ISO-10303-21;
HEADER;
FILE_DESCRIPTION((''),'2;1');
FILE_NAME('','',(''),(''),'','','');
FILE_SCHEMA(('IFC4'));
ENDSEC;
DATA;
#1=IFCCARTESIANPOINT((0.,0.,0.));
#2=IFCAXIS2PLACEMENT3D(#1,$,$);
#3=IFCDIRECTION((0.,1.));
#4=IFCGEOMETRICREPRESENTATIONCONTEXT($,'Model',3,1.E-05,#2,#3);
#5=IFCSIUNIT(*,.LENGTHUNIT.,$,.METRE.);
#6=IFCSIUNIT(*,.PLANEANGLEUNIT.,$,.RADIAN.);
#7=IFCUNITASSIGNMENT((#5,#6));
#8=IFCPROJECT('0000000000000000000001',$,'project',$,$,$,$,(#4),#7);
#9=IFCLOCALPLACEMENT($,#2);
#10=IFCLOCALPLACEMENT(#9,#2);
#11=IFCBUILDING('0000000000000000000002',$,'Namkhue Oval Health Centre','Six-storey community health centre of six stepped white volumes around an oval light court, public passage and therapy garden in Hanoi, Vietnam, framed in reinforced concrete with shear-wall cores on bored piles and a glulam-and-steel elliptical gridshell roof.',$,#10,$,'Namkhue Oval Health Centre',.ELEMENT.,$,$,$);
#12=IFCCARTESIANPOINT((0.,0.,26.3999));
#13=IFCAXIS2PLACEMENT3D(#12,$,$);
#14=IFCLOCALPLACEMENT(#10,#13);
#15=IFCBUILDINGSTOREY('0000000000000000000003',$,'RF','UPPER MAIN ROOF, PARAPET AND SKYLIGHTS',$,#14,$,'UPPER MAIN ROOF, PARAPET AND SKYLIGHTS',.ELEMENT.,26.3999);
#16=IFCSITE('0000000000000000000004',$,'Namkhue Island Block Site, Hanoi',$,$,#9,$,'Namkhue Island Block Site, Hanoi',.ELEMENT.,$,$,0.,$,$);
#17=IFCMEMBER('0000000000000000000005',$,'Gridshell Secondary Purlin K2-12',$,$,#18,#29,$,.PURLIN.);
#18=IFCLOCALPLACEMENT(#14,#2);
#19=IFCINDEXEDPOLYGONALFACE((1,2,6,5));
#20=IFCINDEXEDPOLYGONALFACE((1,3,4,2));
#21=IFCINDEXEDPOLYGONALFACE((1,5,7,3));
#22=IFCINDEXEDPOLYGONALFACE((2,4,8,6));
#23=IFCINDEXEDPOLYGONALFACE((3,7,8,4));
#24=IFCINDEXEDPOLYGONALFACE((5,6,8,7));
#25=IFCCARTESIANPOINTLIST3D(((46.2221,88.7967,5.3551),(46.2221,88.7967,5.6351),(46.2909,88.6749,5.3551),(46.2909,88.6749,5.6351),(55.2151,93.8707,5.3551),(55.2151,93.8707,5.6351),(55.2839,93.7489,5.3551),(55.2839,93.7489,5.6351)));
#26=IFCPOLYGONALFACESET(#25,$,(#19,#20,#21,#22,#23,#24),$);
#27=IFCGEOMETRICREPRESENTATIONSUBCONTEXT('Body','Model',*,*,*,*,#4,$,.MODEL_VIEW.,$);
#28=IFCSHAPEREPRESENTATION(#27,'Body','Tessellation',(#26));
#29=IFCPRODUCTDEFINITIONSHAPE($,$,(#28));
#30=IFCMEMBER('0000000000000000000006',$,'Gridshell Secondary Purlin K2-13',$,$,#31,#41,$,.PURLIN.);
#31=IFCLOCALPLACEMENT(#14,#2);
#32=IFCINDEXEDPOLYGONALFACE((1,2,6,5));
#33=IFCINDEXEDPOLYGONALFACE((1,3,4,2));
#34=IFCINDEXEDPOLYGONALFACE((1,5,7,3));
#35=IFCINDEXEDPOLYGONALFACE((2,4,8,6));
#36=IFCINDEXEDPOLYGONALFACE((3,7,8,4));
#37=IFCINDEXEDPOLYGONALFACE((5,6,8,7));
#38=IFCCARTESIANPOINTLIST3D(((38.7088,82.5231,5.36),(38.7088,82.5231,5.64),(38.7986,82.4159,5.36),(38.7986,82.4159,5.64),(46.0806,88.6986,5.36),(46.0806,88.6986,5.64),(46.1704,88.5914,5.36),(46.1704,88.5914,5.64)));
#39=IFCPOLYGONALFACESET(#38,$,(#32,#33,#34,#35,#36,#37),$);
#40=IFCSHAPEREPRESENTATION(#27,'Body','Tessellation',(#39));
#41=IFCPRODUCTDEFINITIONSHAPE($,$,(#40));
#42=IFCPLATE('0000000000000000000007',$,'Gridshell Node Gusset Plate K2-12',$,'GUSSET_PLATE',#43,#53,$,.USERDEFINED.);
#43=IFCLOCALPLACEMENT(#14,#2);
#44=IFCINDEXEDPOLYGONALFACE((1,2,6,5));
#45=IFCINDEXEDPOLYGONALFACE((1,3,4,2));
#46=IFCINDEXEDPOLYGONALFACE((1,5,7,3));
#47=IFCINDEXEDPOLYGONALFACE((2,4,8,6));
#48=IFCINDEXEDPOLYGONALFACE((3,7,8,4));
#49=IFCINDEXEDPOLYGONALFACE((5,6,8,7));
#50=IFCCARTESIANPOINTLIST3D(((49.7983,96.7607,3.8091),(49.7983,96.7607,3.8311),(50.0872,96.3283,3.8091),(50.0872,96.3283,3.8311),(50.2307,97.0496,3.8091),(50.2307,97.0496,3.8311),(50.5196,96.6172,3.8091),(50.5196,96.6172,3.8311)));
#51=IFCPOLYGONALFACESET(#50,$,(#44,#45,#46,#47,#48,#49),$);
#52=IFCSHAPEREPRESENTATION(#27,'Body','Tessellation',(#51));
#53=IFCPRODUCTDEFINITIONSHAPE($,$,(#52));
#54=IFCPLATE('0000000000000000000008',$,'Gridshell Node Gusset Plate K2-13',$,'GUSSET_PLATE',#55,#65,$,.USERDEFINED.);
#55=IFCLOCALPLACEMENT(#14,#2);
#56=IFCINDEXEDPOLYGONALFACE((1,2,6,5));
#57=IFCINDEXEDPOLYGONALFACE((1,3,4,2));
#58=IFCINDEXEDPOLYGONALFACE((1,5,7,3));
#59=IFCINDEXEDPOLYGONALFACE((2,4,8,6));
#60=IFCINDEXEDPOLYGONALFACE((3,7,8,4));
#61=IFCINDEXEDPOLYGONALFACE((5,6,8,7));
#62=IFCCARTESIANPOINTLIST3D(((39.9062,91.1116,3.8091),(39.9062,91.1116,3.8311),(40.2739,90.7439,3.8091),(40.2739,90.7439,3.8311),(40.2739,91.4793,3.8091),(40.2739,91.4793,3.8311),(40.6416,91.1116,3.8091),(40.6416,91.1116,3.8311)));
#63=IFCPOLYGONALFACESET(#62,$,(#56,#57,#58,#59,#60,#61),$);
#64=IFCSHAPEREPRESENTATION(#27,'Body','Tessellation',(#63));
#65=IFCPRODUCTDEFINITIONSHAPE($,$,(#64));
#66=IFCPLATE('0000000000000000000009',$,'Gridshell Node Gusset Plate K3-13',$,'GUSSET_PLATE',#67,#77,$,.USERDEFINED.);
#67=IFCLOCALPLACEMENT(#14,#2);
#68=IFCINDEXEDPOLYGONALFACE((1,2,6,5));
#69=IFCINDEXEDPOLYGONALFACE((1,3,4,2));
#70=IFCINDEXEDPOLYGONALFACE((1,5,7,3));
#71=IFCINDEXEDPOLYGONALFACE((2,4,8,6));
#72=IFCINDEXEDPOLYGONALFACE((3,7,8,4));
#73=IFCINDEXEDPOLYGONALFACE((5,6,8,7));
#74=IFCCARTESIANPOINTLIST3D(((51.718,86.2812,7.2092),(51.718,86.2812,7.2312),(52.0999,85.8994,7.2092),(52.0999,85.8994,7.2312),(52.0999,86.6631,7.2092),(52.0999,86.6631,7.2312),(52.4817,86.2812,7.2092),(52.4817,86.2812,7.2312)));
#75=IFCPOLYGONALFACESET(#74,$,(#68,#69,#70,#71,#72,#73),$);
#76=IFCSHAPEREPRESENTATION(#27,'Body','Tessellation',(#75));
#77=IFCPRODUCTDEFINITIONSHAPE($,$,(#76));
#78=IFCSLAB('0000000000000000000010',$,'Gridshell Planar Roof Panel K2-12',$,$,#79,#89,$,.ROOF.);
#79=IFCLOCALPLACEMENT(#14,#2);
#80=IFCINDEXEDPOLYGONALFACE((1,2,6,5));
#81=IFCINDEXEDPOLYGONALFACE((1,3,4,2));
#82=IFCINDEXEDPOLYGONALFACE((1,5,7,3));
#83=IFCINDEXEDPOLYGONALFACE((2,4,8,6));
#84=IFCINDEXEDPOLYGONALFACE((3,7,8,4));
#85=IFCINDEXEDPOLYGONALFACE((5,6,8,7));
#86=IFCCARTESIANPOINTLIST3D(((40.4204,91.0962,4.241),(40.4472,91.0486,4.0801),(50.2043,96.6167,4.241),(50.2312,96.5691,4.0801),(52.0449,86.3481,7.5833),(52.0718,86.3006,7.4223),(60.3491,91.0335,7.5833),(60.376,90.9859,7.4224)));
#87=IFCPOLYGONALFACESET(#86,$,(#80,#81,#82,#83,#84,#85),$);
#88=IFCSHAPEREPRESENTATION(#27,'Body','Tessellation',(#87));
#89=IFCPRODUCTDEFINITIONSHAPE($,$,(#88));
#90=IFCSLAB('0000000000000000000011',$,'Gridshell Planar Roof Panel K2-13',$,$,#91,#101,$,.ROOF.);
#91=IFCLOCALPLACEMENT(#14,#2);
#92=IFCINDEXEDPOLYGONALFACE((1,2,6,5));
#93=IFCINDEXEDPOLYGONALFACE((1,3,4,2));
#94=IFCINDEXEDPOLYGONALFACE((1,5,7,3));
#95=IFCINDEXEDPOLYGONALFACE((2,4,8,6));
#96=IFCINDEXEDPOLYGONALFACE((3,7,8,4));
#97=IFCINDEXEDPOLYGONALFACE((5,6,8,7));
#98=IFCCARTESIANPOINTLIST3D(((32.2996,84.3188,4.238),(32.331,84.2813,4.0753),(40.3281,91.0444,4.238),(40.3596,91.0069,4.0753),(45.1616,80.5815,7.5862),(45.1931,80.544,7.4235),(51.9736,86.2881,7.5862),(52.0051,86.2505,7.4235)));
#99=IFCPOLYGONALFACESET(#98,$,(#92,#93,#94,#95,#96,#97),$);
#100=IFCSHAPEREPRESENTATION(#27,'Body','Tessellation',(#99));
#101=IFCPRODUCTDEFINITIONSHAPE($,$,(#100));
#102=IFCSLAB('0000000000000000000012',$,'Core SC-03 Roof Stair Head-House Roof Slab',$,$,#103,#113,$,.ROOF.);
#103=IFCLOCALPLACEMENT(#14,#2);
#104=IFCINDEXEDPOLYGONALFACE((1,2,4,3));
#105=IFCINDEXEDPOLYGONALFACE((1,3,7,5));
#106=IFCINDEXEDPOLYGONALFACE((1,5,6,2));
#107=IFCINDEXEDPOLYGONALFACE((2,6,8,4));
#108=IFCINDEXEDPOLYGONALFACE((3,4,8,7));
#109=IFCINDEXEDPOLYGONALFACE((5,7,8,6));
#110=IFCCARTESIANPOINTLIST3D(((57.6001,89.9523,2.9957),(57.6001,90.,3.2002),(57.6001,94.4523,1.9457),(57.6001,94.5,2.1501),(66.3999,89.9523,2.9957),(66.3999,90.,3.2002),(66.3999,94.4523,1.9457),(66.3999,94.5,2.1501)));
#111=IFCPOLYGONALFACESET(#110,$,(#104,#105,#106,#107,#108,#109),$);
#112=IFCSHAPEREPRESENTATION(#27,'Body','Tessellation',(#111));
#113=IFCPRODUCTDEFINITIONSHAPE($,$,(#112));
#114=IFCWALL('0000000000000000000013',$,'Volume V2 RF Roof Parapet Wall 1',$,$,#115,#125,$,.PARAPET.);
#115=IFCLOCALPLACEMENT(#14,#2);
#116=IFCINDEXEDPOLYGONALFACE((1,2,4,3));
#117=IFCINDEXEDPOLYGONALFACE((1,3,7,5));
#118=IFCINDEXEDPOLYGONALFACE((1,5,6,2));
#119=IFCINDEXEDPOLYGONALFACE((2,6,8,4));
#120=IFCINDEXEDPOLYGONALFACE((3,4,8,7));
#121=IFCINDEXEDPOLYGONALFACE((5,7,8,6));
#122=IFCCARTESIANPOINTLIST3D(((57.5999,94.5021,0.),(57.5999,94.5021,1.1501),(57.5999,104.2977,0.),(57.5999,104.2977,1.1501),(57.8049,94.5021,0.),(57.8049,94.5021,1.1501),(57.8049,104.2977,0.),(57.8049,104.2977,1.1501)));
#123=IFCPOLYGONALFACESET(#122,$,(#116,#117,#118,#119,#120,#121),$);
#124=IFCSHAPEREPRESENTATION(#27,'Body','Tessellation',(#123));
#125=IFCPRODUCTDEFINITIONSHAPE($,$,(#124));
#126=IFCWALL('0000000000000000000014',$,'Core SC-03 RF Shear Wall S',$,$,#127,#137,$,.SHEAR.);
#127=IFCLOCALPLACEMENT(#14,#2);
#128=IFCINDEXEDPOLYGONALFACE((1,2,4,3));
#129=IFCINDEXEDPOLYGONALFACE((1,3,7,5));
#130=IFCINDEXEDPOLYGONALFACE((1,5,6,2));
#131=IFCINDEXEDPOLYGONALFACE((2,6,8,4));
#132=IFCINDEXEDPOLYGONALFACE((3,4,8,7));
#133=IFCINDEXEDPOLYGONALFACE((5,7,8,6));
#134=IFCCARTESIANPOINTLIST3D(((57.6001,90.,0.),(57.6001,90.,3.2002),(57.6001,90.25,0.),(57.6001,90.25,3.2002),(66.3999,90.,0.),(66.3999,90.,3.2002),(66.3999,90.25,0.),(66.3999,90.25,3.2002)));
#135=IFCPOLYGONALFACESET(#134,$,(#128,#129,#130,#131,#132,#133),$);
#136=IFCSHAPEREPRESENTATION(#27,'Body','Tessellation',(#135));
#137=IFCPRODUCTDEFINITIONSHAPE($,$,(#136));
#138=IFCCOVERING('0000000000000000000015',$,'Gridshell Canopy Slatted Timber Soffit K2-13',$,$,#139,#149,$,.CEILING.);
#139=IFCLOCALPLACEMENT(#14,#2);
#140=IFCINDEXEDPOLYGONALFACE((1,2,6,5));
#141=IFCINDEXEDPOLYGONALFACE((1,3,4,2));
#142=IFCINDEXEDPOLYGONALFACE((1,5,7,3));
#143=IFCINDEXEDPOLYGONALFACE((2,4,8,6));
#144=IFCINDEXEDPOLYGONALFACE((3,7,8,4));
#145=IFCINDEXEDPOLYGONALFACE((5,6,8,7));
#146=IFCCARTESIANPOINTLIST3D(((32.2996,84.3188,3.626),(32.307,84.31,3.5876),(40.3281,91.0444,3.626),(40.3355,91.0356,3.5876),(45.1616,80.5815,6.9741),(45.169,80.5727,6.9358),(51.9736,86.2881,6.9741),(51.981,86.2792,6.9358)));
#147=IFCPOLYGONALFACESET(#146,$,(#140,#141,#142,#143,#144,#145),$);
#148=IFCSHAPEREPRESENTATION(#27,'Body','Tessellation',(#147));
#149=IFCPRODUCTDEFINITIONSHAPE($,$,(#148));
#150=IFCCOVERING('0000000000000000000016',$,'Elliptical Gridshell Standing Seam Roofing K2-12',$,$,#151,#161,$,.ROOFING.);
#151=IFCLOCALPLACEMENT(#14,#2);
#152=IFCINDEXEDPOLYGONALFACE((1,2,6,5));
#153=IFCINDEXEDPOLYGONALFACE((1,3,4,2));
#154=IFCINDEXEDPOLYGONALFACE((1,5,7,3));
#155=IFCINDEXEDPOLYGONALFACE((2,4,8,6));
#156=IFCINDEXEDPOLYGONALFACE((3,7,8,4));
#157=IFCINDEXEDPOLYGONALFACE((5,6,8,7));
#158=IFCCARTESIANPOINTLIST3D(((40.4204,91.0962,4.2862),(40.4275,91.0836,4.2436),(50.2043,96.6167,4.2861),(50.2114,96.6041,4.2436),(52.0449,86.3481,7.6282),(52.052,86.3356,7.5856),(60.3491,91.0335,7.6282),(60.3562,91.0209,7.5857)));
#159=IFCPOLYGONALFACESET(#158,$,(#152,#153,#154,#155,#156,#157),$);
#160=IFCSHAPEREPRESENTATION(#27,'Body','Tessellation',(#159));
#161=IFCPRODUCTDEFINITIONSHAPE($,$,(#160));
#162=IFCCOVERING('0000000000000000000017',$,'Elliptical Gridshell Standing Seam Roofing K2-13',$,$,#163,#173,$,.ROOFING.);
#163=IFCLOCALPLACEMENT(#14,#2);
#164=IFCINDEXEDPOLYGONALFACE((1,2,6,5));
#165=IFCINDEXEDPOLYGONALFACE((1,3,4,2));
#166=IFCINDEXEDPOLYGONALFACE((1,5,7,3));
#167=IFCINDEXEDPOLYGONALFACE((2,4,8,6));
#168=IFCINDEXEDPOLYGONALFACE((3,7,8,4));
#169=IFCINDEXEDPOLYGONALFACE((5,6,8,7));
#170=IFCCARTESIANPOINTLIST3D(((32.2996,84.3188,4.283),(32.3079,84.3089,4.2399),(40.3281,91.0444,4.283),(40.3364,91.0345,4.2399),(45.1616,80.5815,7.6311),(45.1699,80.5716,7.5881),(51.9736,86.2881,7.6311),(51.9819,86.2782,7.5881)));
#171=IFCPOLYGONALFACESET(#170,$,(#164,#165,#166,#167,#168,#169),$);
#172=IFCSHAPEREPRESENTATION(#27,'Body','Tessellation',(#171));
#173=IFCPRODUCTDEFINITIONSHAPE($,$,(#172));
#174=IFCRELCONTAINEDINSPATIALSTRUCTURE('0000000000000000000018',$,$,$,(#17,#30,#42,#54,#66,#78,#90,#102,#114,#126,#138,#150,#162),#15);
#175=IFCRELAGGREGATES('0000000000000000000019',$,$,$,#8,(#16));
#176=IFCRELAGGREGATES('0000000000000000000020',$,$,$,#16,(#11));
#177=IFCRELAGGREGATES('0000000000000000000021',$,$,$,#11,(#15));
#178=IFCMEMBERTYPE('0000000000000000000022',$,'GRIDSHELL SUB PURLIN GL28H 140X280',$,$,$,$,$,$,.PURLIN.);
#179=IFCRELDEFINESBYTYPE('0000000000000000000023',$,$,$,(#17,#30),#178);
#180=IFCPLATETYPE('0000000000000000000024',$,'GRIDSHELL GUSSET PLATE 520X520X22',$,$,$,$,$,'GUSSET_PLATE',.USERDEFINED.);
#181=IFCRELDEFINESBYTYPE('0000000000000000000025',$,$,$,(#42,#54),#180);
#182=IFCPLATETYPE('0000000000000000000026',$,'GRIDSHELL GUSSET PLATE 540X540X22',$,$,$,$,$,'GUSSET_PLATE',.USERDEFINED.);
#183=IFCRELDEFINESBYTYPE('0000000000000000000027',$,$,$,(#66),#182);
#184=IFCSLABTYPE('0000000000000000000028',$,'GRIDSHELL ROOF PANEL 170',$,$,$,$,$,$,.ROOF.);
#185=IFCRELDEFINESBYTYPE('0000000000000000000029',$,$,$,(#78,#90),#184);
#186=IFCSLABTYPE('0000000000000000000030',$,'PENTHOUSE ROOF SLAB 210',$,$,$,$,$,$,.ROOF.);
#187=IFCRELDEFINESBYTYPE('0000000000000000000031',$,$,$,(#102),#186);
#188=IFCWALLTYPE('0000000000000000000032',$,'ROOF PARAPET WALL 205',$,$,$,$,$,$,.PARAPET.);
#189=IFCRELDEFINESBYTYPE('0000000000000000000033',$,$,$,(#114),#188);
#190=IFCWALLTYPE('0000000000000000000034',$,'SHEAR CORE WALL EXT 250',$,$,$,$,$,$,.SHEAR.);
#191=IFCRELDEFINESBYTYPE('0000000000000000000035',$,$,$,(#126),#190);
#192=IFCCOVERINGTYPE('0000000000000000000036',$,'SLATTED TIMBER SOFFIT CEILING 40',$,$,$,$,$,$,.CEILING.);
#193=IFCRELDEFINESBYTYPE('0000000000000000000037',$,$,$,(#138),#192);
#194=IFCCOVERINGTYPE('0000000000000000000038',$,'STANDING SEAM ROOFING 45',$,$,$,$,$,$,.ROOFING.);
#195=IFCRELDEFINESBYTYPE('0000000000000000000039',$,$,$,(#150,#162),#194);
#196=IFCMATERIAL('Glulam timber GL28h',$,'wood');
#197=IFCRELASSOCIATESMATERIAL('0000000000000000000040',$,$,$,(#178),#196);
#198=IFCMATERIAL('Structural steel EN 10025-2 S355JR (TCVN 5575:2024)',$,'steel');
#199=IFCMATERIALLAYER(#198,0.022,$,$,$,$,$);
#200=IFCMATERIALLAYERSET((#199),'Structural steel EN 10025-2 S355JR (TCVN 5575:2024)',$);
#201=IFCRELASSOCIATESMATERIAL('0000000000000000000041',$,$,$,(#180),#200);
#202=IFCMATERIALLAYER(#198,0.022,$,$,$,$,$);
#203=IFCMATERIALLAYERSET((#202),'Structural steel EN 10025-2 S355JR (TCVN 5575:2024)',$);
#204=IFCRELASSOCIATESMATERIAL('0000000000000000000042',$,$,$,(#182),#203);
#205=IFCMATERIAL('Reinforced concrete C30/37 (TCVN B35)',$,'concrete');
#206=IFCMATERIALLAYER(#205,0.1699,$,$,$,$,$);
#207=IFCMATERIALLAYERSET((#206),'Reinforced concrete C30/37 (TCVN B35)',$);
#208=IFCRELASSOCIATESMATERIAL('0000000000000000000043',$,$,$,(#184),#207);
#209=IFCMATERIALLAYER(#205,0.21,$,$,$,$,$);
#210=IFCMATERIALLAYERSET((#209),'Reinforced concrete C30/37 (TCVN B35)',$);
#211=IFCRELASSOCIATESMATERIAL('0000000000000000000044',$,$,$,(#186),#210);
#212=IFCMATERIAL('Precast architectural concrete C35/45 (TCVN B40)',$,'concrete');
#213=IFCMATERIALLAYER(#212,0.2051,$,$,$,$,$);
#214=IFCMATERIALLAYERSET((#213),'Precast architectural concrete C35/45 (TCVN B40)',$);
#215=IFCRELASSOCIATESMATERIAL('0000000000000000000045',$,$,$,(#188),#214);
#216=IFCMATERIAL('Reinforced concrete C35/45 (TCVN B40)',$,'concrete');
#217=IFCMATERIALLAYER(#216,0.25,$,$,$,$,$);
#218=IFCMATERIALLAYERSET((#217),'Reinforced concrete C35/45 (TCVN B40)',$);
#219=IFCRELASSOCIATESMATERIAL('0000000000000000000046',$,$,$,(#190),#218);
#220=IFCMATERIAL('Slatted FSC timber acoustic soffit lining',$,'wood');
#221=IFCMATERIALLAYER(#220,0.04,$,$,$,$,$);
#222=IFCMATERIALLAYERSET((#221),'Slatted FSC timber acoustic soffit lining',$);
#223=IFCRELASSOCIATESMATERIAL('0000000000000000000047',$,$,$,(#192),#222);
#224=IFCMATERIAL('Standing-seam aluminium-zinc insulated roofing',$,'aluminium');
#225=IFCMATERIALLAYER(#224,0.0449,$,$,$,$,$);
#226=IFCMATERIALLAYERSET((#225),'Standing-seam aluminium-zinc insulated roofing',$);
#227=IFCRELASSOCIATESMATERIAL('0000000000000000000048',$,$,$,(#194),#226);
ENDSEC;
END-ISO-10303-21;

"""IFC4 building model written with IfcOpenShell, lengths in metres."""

from ifc_helpers import new_model, si_unit, direction, frame, frame_2d, origin, origin_2d, place, context, subcontext, project, spatial, polyline, rectangle, outline, extrude, material, layer, layer_set, material_profile, profile_set, type_object, element, save


model = new_model("IFC4")

# Units and contexts
model_context = context("Model", 3, precision=1e-05, world=origin(), true_north=direction((0.0, 1.0)))
body_context = subcontext(model_context, "Body", "Model", "MODEL_VIEW")
ifc_project = project(units=[si_unit("LENGTHUNIT", "METRE"), si_unit("PLANEANGLEUNIT", "RADIAN")], contexts=[model_context])

# Site, building, storey
site_placement = place(None, origin())
site = spatial("IfcSite", under=ifc_project, at=site_placement, Name="Namkhue Island Block Site, Hanoi", LongName="Namkhue Island Block Site, Hanoi", CompositionType="ELEMENT", RefElevation=0.0)
building_placement = place(site_placement, origin())
building = spatial("IfcBuilding", under=site, at=building_placement, Name="Namkhue Oval Health Centre", Description="Six-storey community health centre of six stepped white volumes around an oval light court, public passage and therapy garden in Hanoi, Vietnam, framed in reinforced concrete with shear-wall cores on bored piles and a glulam-and-steel elliptical gridshell roof.", LongName="Namkhue Oval Health Centre", CompositionType="ELEMENT")
storey_placement = place(building_placement, frame((0.0, 0.0, 26.3999)))
storey = spatial("IfcBuildingStorey", under=building, at=storey_placement, Name="RF", Description="UPPER MAIN ROOF, PARAPET AND SKYLIGHTS", LongName="UPPER MAIN ROOF, PARAPET AND SKYLIGHTS", CompositionType="ELEMENT", Elevation=26.3999)

# Members
ifc_material_1 = material(Name="Structural steel EN 10025-2 S355JR (TCVN 5575:2024)", Category="steel")
ifc_material_2 = material(Name="Glulam timber GL28h", Category="wood")
ifc_material_profile_1 = material_profile(ifc_material_2, rectangle(XDim=0.1399, YDim=0.28, at=origin_2d()), Name="GL28h 140x280")
ifc_profile_set_1 = profile_set([ifc_material_profile_1], Name="Glulam timber GL28h")
member_type_1 = type_object("IfcMemberType", Name="GRIDSHELL SUB PURLIN GL28H 140X280", PredefinedType="PURLIN", material=ifc_profile_set_1)
member_1_placement = place(storey_placement, frame((55.2495, 93.8098, 5.4951), z_axis=(-0.870935, -0.491398, 0.0), x_axis=(0.491398, -0.870935, 0.0)))
element("IfcMember", 1, at=member_1_placement, inside=storey, type_object=member_type_1, Name="Gridshell Secondary Purlin K2-12", PredefinedType="PURLIN", context=body_context, shape_type="SweptSolid", body=[
    extrude(rectangle(XDim=0.1399, YDim=0.28, at=origin_2d()), origin(), (0.0, 0.0, 1.0), 10.3257),
])
member_2_placement = place(storey_placement, frame((46.1255, 88.645, 5.5), z_axis=(-0.766564, -0.642167, 0.0), x_axis=(0.642167, -0.766564, 0.0)))
element("IfcMember", 2, at=member_2_placement, inside=storey, type_object=member_type_1, Name="Gridshell Secondary Purlin K2-13", PredefinedType="PURLIN", context=body_context, shape_type="SweptSolid", body=[
    extrude(rectangle(XDim=0.1399, YDim=0.28, at=origin_2d()), origin(), (0.0, 0.0, 1.0), 9.6167),
])

# Plates
ifc_layer_1 = layer(ifc_material_1, 0.022)
ifc_layer_set_1 = layer_set([ifc_layer_1], Name="Structural steel EN 10025-2 S355JR (TCVN 5575:2024)")
plate_type_1 = type_object("IfcPlateType", Name="GRIDSHELL GUSSET PLATE 520X520X22", ElementType="GUSSET_PLATE", PredefinedType="USERDEFINED", material=ifc_layer_set_1)
for number, where, z_axis, x_axis, name in (
    (3, (50.1589, 96.689, 3.8091), (0.0, 0.0, 1.0), (-0.55557, 0.83147, 0.0), "Gridshell Node Gusset Plate K2-12"),
    (4, (40.2739, 91.1116, 3.8091), (0.0, 0.0, 1.0), (-0.707107, 0.707107, 0.0), "Gridshell Node Gusset Plate K2-13"),
):
    element("IfcPlate", number, at=place(storey_placement, frame(where, z_axis=z_axis, x_axis=x_axis)), inside=storey, type_object=plate_type_1, Name=name, ObjectType="GUSSET_PLATE", PredefinedType="USERDEFINED", context=body_context, shape_type="SweptSolid", body=[
        extrude(rectangle(XDim=0.52, YDim=0.52, at=origin_2d()), origin(), (0.0, 0.0, 1.0), 0.022),
    ])
ifc_layer_2 = layer(ifc_material_1, 0.022)
ifc_layer_set_2 = layer_set([ifc_layer_2], Name="Structural steel EN 10025-2 S355JR (TCVN 5575:2024)")
plate_type_2 = type_object("IfcPlateType", Name="GRIDSHELL GUSSET PLATE 540X540X22", ElementType="GUSSET_PLATE", PredefinedType="USERDEFINED", material=ifc_layer_set_2)
plate_placement = place(storey_placement, frame((52.0999, 86.2812, 7.2092), z_axis=(0.0, 0.0, 1.0), x_axis=(-0.707107, 0.707107, 0.0)))
element("IfcPlate", 5, at=plate_placement, inside=storey, type_object=plate_type_2, Name="Gridshell Node Gusset Plate K3-13", ObjectType="GUSSET_PLATE", PredefinedType="USERDEFINED", context=body_context, shape_type="SweptSolid", body=[
    extrude(rectangle(XDim=0.54, YDim=0.54, at=origin_2d()), origin(), (0.0, 0.0, 1.0), 0.022),
])

# Slabs
ifc_material_3 = material(Name="Reinforced concrete C30/37 (TCVN B35)", Category="concrete")
ifc_layer_3 = layer(ifc_material_3, 0.1699)
ifc_layer_set_3 = layer_set([ifc_layer_3], Name="Reinforced concrete C30/37 (TCVN B35)")
slab_type_1 = type_object("IfcSlabType", Name="GRIDSHELL ROOF PANEL 170", PredefinedType="ROOF", material=ifc_layer_set_3)
slab_1_placement = place(storey_placement, frame((50.2043, 96.6167, 4.241), z_axis=(-0.157933, 0.279911, 0.946946), x_axis=(-0.870927, -0.491412, 0.000004)))
element("IfcSlab", 6, at=slab_1_placement, inside=storey, type_object=slab_type_1, Name="Gridshell Planar Roof Panel K2-12", PredefinedType="ROOF", context=body_context, shape_type="SweptSolid", body=[
    extrude(outline(polyline([(0.0, 0.0), (11.2339, 0.0), (3.4431, 10.3994), (-6.0917, 10.3996), (0.0, 0.0)])), origin(), (0.0, 0.0, -1.0), 0.1699),
])
slab_2_placement = place(storey_placement, frame((40.3281, 91.0444, 4.238), z_axis=(-0.185073, 0.220927, 0.95757), x_axis=(-0.76657, -0.642161, -0.000001)))
element("IfcSlab", 7, at=slab_2_placement, inside=storey, type_object=slab_type_1, Name="Gridshell Planar Roof Panel K2-13", PredefinedType="ROOF", context=body_context, shape_type="SweptSolid", body=[
    extrude(outline(polyline([(0.0, 0.0), (10.4734, 0.0), (3.0136, 11.6173), (-5.8728, 11.6173), (0.0, 0.0)])), origin(), (0.0, 0.0, -1.0), 0.1699),
])
ifc_layer_4 = layer(ifc_material_3, 0.21)
ifc_layer_set_4 = layer_set([ifc_layer_4], Name="Reinforced concrete C30/37 (TCVN B35)")
slab_type_2 = type_object("IfcSlabType", Name="PENTHOUSE ROOF SLAB 210", PredefinedType="ROOF", material=ifc_layer_set_4)
slab_3_placement = place(storey_placement, frame((57.6001, 90.0, 3.2002), z_axis=(0.0, 0.22724, 0.973839), x_axis=(1.0, 0.0, 0.0)))
element("IfcSlab", 8, at=slab_3_placement, inside=storey, type_object=slab_type_2, Name="Core SC-03 Roof Stair Head-House Roof Slab", PredefinedType="ROOF", context=body_context, shape_type="SweptSolid", body=[
    extrude(outline(polyline([(0.0, 0.0), (8.7998, 0.0), (8.7998, 4.6209), (0.0, 4.6209), (0.0, 0.0)])), origin(), (0.0, 0.0, -1.0), 0.21),
])

# Walls
ifc_material_4 = material(Name="Precast architectural concrete C35/45 (TCVN B40)", Category="concrete")
ifc_layer_5 = layer(ifc_material_4, 0.2051)
ifc_layer_set_5 = layer_set([ifc_layer_5], Name="Precast architectural concrete C35/45 (TCVN B40)")
wall_type_1 = type_object("IfcWallType", Name="ROOF PARAPET WALL 205", PredefinedType="PARAPET", material=ifc_layer_set_5)
wall_1_placement = place(storey_placement, frame((57.7024, 94.502, 0.0), z_axis=(0.0, 0.0, 1.0), x_axis=(0.0, 1.0, 0.0)))
element("IfcWall", 9, at=wall_1_placement, inside=storey, type_object=wall_type_1, Name="Volume V2 RF Roof Parapet Wall 1", PredefinedType="PARAPET", context=body_context, shape_type="SweptSolid", body=[
    extrude(rectangle(XDim=9.7957, YDim=0.2051, at=frame_2d((4.8979, 0.0))), origin(), (0.0, 0.0, 1.0), 1.1501),
])
ifc_material_5 = material(Name="Reinforced concrete C35/45 (TCVN B40)", Category="concrete")
ifc_layer_6 = layer(ifc_material_5, 0.25)
ifc_layer_set_6 = layer_set([ifc_layer_6], Name="Reinforced concrete C35/45 (TCVN B40)")
wall_type_2 = type_object("IfcWallType", Name="SHEAR CORE WALL EXT 250", PredefinedType="SHEAR", material=ifc_layer_set_6)
wall_2_placement = place(storey_placement, frame((57.6001, 90.125, 0.0), z_axis=(0.0, 0.0, 1.0), x_axis=(1.0, 0.0, 0.0)))
element("IfcWall", 10, at=wall_2_placement, inside=storey, type_object=wall_type_2, Name="Core SC-03 RF Shear Wall S", PredefinedType="SHEAR", context=body_context, shape_type="SweptSolid", body=[
    extrude(rectangle(XDim=8.7998, YDim=0.25, at=frame_2d((4.3999, 0.0))), origin(), (0.0, 0.0, 1.0), 3.2002),
])

# Coverings
ifc_material_6 = material(Name="Slatted FSC timber acoustic soffit lining", Category="wood")
ifc_layer_7 = layer(ifc_material_6, 0.04)
ifc_layer_set_7 = layer_set([ifc_layer_7], Name="Slatted FSC timber acoustic soffit lining")
covering_type_1 = type_object("IfcCoveringType", Name="SLATTED TIMBER SOFFIT CEILING 40", PredefinedType="CEILING", material=ifc_layer_set_7)
covering_1_placement = place(storey_placement, frame((40.3281, 91.0444, 3.626), z_axis=(-0.185073, 0.220927, 0.95757), x_axis=(-0.76657, -0.642161, -0.000001)))
element("IfcCovering", 11, at=covering_1_placement, inside=storey, type_object=covering_type_1, Name="Gridshell Canopy Slatted Timber Soffit K2-13", PredefinedType="CEILING", context=body_context, shape_type="SweptSolid", body=[
    extrude(outline(polyline([(0.0, 0.0), (10.4734, 0.0), (3.0136, 11.6173), (-5.8728, 11.6173), (0.0, 0.0)])), origin(), (0.0, 0.0, -1.0), 0.04),
])
ifc_material_7 = material(Name="Standing-seam aluminium-zinc insulated roofing", Category="aluminium")
ifc_layer_8 = layer(ifc_material_7, 0.0449)
ifc_layer_set_8 = layer_set([ifc_layer_8], Name="Standing-seam aluminium-zinc insulated roofing")
covering_type_2 = type_object("IfcCoveringType", Name="STANDING SEAM ROOFING 45", PredefinedType="ROOFING", material=ifc_layer_set_8)
covering_2_placement = place(storey_placement, frame((50.2043, 96.6167, 4.2861), z_axis=(-0.157923, 0.279892, 0.946953), x_axis=(-0.870927, -0.491412, 0.000004)))
element("IfcCovering", 12, at=covering_2_placement, inside=storey, type_object=covering_type_2, Name="Elliptical Gridshell Standing Seam Roofing K2-12", PredefinedType="ROOFING", context=body_context, shape_type="SweptSolid", body=[
    extrude(outline(polyline([(0.0, 0.0), (11.2339, 0.0), (3.4431, 10.3993), (-6.0917, 10.3995), (0.0, 0.0)])), origin(), (0.0, 0.0, -1.0), 0.0449),
])
covering_3_placement = place(storey_placement, frame((40.3281, 91.0444, 4.283), z_axis=(-0.185073, 0.220927, 0.95757), x_axis=(-0.76657, -0.642161, -0.000001)))
element("IfcCovering", 13, at=covering_3_placement, inside=storey, type_object=covering_type_2, Name="Elliptical Gridshell Standing Seam Roofing K2-13", PredefinedType="ROOFING", context=body_context, shape_type="SweptSolid", body=[
    extrude(outline(polyline([(0.0, 0.0), (10.4734, 0.0), (3.0136, 11.6173), (-5.8728, 11.6173), (0.0, 0.0)])), origin(), (0.0, 0.0, -1.0), 0.0449),
])

save(model, "model.ifc")
